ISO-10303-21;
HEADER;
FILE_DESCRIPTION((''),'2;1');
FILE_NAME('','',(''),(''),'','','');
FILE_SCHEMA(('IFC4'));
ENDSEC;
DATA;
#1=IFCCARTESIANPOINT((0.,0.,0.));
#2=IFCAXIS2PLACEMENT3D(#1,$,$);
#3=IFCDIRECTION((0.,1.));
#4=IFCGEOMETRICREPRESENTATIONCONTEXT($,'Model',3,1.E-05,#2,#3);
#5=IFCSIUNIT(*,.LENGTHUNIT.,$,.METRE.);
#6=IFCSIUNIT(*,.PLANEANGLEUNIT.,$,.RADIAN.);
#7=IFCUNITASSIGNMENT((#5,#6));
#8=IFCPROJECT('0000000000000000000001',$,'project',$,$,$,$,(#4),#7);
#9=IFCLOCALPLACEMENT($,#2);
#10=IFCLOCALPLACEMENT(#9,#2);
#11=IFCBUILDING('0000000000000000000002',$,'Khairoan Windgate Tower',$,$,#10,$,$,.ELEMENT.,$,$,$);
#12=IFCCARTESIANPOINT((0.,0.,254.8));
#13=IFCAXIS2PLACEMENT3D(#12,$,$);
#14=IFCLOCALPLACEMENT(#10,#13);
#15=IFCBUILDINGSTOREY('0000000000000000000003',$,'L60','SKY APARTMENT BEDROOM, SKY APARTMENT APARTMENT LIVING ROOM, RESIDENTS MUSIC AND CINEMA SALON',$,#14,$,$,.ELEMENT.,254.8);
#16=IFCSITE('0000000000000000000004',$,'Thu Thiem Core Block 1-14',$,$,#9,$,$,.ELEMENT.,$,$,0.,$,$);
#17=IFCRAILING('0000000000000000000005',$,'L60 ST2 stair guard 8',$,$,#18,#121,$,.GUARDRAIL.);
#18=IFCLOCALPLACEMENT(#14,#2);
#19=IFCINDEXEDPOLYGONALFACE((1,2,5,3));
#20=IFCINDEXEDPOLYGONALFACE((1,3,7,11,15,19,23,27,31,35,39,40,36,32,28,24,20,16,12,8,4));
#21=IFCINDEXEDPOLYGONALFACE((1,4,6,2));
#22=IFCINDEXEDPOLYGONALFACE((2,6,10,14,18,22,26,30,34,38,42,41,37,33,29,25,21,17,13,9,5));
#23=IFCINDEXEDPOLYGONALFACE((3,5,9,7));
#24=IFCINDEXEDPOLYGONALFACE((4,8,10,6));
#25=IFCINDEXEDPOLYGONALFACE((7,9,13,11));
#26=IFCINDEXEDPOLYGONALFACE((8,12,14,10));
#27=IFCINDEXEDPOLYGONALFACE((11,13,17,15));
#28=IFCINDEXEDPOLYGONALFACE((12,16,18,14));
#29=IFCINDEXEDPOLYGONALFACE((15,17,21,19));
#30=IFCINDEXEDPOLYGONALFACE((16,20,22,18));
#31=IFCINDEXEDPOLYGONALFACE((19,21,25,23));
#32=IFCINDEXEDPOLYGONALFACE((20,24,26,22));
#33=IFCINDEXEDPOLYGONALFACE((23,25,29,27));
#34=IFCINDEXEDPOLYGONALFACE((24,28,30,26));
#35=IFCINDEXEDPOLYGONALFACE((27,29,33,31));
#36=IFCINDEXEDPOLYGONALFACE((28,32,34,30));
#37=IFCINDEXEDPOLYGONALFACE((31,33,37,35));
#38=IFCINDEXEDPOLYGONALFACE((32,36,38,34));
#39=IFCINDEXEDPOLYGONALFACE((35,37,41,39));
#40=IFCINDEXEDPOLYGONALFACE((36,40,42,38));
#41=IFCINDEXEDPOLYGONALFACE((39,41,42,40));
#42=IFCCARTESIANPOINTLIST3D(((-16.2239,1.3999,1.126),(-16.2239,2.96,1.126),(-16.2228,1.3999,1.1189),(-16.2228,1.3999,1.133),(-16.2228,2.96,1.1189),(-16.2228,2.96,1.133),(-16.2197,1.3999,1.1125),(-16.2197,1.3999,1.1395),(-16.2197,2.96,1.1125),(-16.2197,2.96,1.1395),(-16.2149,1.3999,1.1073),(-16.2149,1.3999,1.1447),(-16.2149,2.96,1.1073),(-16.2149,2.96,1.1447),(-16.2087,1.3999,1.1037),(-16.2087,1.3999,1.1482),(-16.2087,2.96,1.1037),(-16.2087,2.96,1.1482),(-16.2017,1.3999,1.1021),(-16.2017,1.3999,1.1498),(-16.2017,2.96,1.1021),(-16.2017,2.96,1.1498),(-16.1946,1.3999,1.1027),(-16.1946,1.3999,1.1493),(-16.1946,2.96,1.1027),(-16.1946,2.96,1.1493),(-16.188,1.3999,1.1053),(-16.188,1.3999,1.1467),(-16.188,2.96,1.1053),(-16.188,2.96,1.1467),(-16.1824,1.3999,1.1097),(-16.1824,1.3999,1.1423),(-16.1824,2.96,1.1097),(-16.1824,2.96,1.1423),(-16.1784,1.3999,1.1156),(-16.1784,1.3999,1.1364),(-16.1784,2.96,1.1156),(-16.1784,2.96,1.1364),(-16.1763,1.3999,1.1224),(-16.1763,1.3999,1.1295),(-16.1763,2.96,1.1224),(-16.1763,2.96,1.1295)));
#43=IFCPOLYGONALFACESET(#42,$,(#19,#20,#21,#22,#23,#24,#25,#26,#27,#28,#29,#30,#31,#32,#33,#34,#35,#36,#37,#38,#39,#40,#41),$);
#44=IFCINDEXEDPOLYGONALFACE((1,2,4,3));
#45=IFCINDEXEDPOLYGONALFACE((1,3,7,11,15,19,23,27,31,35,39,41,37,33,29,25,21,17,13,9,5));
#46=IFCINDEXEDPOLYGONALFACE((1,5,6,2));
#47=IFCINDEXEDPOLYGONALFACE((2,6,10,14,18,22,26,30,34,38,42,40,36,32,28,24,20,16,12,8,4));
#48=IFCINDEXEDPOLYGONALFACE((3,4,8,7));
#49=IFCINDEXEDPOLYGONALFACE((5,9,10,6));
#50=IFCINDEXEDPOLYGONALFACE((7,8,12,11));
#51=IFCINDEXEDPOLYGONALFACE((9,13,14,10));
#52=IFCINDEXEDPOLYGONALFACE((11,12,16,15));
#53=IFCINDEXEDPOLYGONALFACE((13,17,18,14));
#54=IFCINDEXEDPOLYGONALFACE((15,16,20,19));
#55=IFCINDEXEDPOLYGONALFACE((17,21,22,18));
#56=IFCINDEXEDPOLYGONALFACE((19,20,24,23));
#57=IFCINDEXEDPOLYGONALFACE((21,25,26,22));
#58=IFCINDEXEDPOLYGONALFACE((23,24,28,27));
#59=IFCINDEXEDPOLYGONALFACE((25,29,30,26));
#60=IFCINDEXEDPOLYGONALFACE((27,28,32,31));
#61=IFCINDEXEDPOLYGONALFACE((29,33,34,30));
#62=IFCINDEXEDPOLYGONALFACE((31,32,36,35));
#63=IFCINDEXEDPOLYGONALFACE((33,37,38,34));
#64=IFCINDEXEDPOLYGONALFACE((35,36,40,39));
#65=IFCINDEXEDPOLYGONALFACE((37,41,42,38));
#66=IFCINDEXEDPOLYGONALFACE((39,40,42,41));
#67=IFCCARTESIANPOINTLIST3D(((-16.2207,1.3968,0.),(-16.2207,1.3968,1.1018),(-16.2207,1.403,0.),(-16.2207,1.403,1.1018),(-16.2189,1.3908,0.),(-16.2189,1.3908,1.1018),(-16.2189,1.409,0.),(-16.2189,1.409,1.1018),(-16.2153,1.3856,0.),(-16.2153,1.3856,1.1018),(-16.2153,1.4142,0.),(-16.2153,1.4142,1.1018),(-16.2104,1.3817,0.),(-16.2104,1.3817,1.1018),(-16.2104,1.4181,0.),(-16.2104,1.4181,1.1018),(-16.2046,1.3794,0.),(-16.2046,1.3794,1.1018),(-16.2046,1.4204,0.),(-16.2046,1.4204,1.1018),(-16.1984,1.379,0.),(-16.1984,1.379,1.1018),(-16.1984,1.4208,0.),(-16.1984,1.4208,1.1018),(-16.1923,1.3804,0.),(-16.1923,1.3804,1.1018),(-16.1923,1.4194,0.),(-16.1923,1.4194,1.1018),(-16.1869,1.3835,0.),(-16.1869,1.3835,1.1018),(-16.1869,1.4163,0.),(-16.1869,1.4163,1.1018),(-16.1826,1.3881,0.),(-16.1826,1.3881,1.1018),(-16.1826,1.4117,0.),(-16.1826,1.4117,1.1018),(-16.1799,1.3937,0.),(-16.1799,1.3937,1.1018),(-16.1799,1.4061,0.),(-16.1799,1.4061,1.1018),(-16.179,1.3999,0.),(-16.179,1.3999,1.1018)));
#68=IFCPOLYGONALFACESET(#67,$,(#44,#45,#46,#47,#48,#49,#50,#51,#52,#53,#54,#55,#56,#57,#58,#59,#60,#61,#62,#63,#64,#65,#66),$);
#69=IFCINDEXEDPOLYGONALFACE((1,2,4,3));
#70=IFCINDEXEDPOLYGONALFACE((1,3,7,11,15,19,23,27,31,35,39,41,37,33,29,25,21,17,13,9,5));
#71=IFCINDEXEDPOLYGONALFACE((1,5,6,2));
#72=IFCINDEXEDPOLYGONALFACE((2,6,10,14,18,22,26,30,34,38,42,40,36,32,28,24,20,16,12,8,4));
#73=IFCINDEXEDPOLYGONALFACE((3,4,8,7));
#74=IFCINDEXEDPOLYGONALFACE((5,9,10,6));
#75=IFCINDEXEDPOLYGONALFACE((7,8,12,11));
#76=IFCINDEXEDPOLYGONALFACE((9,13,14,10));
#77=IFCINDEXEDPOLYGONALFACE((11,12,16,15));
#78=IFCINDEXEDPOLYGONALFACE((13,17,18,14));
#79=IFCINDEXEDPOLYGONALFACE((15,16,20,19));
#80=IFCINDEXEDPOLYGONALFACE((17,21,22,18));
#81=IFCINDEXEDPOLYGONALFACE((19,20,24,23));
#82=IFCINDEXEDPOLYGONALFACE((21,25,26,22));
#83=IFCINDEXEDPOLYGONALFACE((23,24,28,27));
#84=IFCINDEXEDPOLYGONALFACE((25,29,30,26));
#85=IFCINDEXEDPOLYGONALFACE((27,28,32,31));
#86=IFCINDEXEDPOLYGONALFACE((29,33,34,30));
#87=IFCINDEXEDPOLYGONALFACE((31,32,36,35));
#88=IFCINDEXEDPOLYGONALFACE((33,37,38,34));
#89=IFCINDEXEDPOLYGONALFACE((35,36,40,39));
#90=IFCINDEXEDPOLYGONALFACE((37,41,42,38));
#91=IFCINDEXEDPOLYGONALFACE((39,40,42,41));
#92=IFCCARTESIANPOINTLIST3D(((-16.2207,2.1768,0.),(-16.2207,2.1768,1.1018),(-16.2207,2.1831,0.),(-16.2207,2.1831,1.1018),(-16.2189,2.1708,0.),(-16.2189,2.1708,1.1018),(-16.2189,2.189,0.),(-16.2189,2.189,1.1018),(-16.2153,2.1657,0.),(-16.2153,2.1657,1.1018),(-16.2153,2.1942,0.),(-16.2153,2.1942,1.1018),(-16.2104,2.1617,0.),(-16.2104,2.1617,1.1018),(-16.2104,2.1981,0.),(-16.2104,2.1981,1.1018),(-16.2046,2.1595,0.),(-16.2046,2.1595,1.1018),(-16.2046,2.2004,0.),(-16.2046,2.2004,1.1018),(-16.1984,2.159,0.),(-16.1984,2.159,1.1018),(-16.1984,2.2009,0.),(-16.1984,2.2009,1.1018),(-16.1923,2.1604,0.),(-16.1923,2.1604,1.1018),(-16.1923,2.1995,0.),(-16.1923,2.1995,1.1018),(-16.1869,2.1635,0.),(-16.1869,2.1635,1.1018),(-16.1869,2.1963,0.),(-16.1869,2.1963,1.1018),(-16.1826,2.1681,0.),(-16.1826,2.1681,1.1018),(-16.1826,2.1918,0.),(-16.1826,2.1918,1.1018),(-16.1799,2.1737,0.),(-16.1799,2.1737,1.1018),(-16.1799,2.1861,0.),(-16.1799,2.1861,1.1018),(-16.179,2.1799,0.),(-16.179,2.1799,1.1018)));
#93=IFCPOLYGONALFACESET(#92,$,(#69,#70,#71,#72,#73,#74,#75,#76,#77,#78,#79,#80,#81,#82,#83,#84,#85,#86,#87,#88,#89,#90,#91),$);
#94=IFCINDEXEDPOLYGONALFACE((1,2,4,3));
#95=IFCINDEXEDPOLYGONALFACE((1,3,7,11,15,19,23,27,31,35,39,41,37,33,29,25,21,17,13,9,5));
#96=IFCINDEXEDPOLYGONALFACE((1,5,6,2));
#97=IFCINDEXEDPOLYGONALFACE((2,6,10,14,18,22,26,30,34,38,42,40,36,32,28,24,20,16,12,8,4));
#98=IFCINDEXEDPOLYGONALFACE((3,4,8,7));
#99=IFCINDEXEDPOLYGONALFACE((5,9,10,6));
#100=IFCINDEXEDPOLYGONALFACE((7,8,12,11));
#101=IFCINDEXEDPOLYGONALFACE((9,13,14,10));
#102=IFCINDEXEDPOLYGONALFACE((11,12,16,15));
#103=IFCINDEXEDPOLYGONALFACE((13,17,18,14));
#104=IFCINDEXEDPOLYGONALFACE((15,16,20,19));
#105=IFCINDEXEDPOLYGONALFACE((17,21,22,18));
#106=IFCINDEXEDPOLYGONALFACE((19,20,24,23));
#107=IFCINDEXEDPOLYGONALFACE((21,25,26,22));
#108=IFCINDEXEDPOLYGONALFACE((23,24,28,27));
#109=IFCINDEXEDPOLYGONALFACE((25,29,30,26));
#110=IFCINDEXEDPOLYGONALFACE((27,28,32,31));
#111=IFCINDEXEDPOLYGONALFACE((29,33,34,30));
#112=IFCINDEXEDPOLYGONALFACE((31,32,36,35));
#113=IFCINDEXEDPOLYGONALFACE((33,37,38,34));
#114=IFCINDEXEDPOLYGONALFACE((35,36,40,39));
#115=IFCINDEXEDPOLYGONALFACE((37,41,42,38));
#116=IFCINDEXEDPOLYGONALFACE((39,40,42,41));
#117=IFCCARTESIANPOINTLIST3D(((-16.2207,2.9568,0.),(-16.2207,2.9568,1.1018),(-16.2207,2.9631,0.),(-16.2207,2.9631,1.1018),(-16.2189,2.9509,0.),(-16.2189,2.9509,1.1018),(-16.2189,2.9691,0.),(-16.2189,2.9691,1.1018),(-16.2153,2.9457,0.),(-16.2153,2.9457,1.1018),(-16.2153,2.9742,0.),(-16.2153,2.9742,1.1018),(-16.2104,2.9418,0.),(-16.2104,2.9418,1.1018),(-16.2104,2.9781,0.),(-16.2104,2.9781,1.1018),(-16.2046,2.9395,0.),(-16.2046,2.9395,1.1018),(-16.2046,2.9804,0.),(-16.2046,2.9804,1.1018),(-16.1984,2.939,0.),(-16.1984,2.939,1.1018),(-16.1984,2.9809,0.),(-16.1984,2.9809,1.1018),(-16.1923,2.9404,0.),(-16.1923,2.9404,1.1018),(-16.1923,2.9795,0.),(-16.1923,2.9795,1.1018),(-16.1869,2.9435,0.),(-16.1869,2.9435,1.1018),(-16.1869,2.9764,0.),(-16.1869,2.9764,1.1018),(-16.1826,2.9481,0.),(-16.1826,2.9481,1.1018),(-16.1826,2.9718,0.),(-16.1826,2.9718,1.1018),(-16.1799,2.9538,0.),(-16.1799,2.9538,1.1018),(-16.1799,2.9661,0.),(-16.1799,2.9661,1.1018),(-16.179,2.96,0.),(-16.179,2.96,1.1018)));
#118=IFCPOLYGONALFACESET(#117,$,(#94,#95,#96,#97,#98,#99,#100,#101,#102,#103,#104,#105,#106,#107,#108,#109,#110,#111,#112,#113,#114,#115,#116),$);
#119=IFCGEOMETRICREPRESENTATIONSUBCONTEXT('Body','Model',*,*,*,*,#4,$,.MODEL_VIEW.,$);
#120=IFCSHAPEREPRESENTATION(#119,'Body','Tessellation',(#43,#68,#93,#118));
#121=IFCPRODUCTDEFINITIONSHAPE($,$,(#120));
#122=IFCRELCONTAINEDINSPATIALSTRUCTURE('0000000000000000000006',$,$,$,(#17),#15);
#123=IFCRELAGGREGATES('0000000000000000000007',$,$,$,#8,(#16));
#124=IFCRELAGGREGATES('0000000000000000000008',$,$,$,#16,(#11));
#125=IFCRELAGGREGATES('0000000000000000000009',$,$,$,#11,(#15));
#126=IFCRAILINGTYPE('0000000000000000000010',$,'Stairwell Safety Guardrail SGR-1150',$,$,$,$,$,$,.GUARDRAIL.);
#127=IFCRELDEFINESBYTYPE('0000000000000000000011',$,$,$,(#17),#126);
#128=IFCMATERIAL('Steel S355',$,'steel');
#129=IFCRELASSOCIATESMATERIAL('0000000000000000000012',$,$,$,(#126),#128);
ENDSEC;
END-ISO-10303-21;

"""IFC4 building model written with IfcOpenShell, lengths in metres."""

from ifc_helpers import new_model, si_unit, direction, frame, origin, origin_2d, place, context, subcontext, project, spatial, circle, extrude, material, type_object, element, save


model = new_model("IFC4")

# Units and contexts
model_context = context("Model", 3, precision=1e-05, world=origin(), true_north=direction((0.0, 1.0)))
body_context = subcontext(model_context, "Body", "Model", "MODEL_VIEW")
ifc_project = project(units=[si_unit("LENGTHUNIT", "METRE"), si_unit("PLANEANGLEUNIT", "RADIAN")], contexts=[model_context])

# Site, building, storey
site_placement = place(None, origin())
site = spatial("IfcSite", under=ifc_project, at=site_placement, Name="Thu Thiem Core Block 1-14", CompositionType="ELEMENT", RefElevation=0.0)
building_placement = place(site_placement, origin())
building = spatial("IfcBuilding", under=site, at=building_placement, Name="Khairoan Windgate Tower", CompositionType="ELEMENT")
storey_placement = place(building_placement, frame((0.0, 0.0, 254.8)))
storey = spatial("IfcBuildingStorey", under=building, at=storey_placement, Name="L60", Description="SKY APARTMENT BEDROOM, SKY APARTMENT APARTMENT LIVING ROOM, RESIDENTS MUSIC AND CINEMA SALON", CompositionType="ELEMENT", Elevation=254.8)

# Railing
ifc_material_1 = material(Name="Steel S355", Category="steel")
railing_type_1 = type_object("IfcRailingType", Name="Stairwell Safety Guardrail SGR-1150", PredefinedType="GUARDRAIL", material=ifc_material_1)
railing_1_placement = place(storey_placement, frame((-16.2, 1.3999, 0.0)))
element("IfcRailing", 1, at=railing_1_placement, inside=storey, type_object=railing_type_1, Name="L60 ST2 stair guard 8", PredefinedType="GUARDRAIL", context=body_context, shape_type="SweptSolid", body=[
    extrude(circle(Radius=0.0239, at=origin_2d()), frame((0.0, 0.0, 1.126), z_axis=(0.0, 1.0, 0.0), x_axis=(-1.0, 0.0, 0.0)), (0.0, 0.0, 1.0), 1.5601),
    extrude(circle(Radius=0.021, at=origin_2d()), origin(), (0.0, 0.0, 1.0), 1.1018),
    extrude(circle(Radius=0.021, at=origin_2d()), frame((0.0, 0.78, 0.0)), (0.0, 0.0, 1.0), 1.1018),
    extrude(circle(Radius=0.021, at=origin_2d()), frame((0.0, 1.5601, 0.0)), (0.0, 0.0, 1.0), 1.1018),
])

save(model, "model.ifc")
